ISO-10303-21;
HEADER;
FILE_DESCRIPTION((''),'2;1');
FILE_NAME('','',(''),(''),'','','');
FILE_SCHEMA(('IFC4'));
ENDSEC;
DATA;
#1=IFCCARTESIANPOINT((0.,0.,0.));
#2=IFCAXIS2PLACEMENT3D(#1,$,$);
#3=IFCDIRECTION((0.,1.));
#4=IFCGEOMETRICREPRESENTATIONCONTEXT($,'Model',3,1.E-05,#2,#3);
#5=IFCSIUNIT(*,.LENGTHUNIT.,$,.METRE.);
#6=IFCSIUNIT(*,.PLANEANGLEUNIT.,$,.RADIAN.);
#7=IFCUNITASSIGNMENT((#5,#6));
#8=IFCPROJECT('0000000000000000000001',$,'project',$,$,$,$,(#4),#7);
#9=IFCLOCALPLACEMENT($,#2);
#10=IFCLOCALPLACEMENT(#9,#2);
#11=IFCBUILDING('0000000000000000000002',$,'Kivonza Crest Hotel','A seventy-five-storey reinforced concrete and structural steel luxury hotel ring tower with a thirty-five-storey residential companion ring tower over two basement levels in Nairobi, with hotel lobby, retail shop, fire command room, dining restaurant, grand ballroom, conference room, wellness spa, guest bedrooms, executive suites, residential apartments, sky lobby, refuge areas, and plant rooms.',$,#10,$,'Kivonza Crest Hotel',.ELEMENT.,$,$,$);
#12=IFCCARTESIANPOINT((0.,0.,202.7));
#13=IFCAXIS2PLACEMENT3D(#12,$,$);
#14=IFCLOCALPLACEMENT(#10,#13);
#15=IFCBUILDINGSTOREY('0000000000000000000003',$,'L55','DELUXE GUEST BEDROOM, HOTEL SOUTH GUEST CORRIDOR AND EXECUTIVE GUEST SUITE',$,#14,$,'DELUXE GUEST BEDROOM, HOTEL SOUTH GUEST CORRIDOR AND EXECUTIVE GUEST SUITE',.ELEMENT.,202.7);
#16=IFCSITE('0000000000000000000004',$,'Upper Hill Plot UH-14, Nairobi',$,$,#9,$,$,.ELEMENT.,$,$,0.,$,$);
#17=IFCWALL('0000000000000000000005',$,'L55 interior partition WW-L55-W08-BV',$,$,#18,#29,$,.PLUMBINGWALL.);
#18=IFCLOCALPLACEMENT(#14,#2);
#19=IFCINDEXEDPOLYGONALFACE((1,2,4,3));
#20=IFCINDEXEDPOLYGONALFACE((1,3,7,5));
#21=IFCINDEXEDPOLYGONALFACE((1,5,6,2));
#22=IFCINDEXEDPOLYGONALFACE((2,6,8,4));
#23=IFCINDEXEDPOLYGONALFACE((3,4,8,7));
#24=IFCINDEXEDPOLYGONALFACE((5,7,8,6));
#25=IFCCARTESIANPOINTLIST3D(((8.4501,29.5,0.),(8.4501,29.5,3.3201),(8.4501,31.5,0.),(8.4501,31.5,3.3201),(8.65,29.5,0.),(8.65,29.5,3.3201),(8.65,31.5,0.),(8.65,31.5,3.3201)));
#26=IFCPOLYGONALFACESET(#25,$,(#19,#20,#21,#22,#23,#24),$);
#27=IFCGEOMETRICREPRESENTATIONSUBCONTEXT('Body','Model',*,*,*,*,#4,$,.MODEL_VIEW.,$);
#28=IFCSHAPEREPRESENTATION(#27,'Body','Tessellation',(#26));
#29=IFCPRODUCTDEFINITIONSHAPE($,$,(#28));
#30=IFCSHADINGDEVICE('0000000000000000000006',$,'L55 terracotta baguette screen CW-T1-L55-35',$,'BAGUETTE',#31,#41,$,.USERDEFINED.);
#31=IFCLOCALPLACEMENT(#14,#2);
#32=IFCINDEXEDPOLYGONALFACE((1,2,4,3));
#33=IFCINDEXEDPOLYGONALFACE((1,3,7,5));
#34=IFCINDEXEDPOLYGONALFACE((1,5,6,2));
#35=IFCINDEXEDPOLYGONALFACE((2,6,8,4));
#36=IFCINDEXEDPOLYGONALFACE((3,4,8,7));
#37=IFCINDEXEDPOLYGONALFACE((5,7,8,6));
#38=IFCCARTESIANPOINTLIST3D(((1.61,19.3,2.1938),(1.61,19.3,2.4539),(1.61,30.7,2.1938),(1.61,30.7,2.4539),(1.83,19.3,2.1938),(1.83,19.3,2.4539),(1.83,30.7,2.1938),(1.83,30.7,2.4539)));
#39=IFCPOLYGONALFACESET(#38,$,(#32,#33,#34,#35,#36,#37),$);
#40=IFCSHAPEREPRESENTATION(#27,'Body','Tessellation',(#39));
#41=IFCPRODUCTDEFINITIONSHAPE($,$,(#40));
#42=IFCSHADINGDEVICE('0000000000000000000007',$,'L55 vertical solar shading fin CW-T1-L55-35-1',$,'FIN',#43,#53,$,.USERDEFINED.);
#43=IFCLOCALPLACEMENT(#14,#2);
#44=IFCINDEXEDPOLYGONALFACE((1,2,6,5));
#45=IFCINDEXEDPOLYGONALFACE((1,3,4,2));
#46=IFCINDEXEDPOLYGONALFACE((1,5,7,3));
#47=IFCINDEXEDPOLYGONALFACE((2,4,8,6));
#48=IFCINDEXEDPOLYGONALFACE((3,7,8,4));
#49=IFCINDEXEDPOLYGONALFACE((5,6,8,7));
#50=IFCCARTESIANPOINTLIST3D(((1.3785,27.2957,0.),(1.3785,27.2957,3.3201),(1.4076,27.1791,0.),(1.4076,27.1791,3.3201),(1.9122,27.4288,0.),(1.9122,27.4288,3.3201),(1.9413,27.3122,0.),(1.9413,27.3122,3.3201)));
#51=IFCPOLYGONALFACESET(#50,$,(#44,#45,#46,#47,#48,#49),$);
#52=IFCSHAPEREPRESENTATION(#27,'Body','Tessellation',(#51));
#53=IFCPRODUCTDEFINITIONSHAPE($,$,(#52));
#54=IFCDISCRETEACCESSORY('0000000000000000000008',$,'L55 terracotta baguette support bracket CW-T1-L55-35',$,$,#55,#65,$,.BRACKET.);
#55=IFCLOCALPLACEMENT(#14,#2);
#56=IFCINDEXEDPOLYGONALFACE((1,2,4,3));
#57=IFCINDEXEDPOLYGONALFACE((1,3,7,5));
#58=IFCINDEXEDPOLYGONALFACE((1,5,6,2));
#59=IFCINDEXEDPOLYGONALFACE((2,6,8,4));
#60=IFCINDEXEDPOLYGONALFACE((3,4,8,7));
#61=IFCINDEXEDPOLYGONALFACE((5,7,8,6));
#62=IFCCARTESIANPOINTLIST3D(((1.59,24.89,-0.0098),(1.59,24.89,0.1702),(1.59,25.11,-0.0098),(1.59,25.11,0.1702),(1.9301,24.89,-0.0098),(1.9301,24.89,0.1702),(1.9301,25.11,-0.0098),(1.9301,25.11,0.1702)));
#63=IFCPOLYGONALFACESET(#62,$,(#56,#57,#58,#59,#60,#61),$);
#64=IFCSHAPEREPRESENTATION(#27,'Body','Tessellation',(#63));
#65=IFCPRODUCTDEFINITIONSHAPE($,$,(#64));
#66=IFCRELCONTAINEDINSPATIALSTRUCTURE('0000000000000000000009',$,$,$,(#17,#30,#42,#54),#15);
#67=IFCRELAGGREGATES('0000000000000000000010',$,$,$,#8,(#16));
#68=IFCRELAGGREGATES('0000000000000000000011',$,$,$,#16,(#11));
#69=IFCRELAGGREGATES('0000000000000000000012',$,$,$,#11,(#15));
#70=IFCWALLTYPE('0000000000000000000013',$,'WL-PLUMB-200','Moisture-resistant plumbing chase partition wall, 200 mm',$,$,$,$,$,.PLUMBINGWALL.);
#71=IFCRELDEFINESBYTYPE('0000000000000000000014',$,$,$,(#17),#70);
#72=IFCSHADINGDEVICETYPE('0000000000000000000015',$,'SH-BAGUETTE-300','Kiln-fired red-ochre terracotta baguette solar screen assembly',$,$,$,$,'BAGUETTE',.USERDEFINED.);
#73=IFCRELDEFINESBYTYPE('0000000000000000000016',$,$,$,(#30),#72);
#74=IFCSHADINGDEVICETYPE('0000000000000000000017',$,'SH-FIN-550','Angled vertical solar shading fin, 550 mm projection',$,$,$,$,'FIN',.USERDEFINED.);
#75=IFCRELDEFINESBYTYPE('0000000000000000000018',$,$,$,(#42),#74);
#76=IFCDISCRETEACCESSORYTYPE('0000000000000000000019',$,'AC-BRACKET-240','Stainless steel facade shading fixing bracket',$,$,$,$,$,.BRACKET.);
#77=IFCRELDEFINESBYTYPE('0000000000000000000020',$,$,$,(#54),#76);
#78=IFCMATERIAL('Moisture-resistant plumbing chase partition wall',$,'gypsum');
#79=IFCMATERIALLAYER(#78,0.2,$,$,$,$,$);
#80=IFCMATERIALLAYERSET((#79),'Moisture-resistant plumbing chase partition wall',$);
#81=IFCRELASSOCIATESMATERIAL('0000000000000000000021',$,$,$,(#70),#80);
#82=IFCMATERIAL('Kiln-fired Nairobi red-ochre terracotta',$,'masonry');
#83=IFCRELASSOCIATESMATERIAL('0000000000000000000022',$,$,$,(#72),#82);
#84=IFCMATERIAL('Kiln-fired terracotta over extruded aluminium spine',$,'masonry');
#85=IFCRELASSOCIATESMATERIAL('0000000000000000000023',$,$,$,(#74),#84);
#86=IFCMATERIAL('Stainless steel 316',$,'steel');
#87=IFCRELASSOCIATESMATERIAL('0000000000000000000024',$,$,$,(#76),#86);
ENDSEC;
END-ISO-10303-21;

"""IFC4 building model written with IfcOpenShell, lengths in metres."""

from ifc_helpers import new_model, si_unit, direction, frame, frame_2d, origin, origin_2d, place, context, subcontext, project, spatial, rectangle, extrude, material, layer, layer_set, type_object, element, save


model = new_model("IFC4")

# Units and contexts
model_context = context("Model", 3, precision=1e-05, world=origin(), true_north=direction((0.0, 1.0)))
body_context = subcontext(model_context, "Body", "Model", "MODEL_VIEW")
ifc_project = project(units=[si_unit("LENGTHUNIT", "METRE"), si_unit("PLANEANGLEUNIT", "RADIAN")], contexts=[model_context])

# Site, building, storey
site_placement = place(None, origin())
site = spatial("IfcSite", under=ifc_project, at=site_placement, Name="Upper Hill Plot UH-14, Nairobi", CompositionType="ELEMENT", RefElevation=0.0)
building_placement = place(site_placement, origin())
building = spatial("IfcBuilding", under=site, at=building_placement, Name="Kivonza Crest Hotel", Description="A seventy-five-storey reinforced concrete and structural steel luxury hotel ring tower with a thirty-five-storey residential companion ring tower over two basement levels in Nairobi, with hotel lobby, retail shop, fire command room, dining restaurant, grand ballroom, conference room, wellness spa, guest bedrooms, executive suites, residential apartments, sky lobby, refuge areas, and plant rooms.", LongName="Kivonza Crest Hotel", CompositionType="ELEMENT")
storey_placement = place(building_placement, frame((0.0, 0.0, 202.7)))
storey = spatial("IfcBuildingStorey", under=building, at=storey_placement, Name="L55", Description="DELUXE GUEST BEDROOM, HOTEL SOUTH GUEST CORRIDOR AND EXECUTIVE GUEST SUITE", LongName="DELUXE GUEST BEDROOM, HOTEL SOUTH GUEST CORRIDOR AND EXECUTIVE GUEST SUITE", CompositionType="ELEMENT", Elevation=202.7)

# Wall
ifc_material_1 = material(Name="Moisture-resistant plumbing chase partition wall", Category="gypsum")
ifc_layer_1 = layer(ifc_material_1, 0.2)
ifc_layer_set_1 = layer_set([ifc_layer_1], Name="Moisture-resistant plumbing chase partition wall")
wall_type_1 = type_object("IfcWallType", Name="WL-PLUMB-200", Description="Moisture-resistant plumbing chase partition wall, 200 mm", PredefinedType="PLUMBINGWALL", material=ifc_layer_set_1)
wall_1_placement = place(storey_placement, frame((8.55, 29.5, 0.0), z_axis=(0.0, 0.0, 1.0), x_axis=(0.0, 1.0, 0.0)))
element("IfcWall", 1, at=wall_1_placement, inside=storey, type_object=wall_type_1, Name="L55 interior partition WW-L55-W08-BV", PredefinedType="PLUMBINGWALL", context=body_context, shape_type="SweptSolid", body=[
    extrude(rectangle(XDim=2.0, YDim=0.2, at=frame_2d((1.0, 0.0))), origin(), (0.0, 0.0, 1.0), 3.3201),
])

# Shading devices
ifc_material_2 = material(Name="Kiln-fired Nairobi red-ochre terracotta", Category="masonry")
shading_device_type_1 = type_object("IfcShadingDeviceType", Name="SH-BAGUETTE-300", Description="Kiln-fired red-ochre terracotta baguette solar screen assembly", ElementType="BAGUETTE", PredefinedType="USERDEFINED", material=ifc_material_2)
shading_device_1_placement = place(storey_placement, frame((1.72, 25.0, 2.1938), z_axis=(0.0, 0.0, 1.0), x_axis=(0.0, -1.0, 0.0)))
element("IfcShadingDevice", 2, at=shading_device_1_placement, inside=storey, type_object=shading_device_type_1, Name="L55 terracotta baguette screen CW-T1-L55-35", ObjectType="BAGUETTE", PredefinedType="USERDEFINED", context=body_context, shape_type="SweptSolid", body=[
    extrude(rectangle(XDim=11.3999, YDim=0.22, at=origin_2d()), origin(), (0.0, 0.0, 1.0), 0.26),
])
ifc_material_3 = material(Name="Kiln-fired terracotta over extruded aluminium spine", Category="masonry")
shading_device_type_2 = type_object("IfcShadingDeviceType", Name="SH-FIN-550", Description="Angled vertical solar shading fin, 550 mm projection", ElementType="FIN", PredefinedType="USERDEFINED", material=ifc_material_3)
shading_device_2_placement = place(storey_placement, frame((1.6599, 27.304, 0.0), z_axis=(0.0, 0.0, 1.0), x_axis=(0.241922, -0.970296, 0.0)))
element("IfcShadingDevice", 3, at=shading_device_2_placement, inside=storey, type_object=shading_device_type_2, Name="L55 vertical solar shading fin CW-T1-L55-35-1", ObjectType="FIN", PredefinedType="USERDEFINED", context=body_context, shape_type="SweptSolid", body=[
    extrude(rectangle(XDim=0.1201, YDim=0.55, at=origin_2d()), origin(), (0.0, 0.0, 1.0), 3.3201),
])

# Discrete accessory
ifc_material_4 = material(Name="Stainless steel 316", Category="steel")
discrete_accessory_type = type_object("IfcDiscreteAccessoryType", Name="AC-BRACKET-240", Description="Stainless steel facade shading fixing bracket", PredefinedType="BRACKET", material=ifc_material_4)
discrete_accessory_placement = place(storey_placement, frame((1.76, 25.0, -0.0098), z_axis=(0.0, 0.0, 1.0), x_axis=(0.0, -1.0, 0.0)))
element("IfcDiscreteAccessory", 4, at=discrete_accessory_placement, inside=storey, type_object=discrete_accessory_type, Name="L55 terracotta baguette support bracket CW-T1-L55-35", PredefinedType="BRACKET", context=body_context, shape_type="SweptSolid", body=[
    extrude(rectangle(XDim=0.22, YDim=0.3401, at=origin_2d()), origin(), (0.0, 0.0, 1.0), 0.1799),
])

save(model, "model.ifc")
